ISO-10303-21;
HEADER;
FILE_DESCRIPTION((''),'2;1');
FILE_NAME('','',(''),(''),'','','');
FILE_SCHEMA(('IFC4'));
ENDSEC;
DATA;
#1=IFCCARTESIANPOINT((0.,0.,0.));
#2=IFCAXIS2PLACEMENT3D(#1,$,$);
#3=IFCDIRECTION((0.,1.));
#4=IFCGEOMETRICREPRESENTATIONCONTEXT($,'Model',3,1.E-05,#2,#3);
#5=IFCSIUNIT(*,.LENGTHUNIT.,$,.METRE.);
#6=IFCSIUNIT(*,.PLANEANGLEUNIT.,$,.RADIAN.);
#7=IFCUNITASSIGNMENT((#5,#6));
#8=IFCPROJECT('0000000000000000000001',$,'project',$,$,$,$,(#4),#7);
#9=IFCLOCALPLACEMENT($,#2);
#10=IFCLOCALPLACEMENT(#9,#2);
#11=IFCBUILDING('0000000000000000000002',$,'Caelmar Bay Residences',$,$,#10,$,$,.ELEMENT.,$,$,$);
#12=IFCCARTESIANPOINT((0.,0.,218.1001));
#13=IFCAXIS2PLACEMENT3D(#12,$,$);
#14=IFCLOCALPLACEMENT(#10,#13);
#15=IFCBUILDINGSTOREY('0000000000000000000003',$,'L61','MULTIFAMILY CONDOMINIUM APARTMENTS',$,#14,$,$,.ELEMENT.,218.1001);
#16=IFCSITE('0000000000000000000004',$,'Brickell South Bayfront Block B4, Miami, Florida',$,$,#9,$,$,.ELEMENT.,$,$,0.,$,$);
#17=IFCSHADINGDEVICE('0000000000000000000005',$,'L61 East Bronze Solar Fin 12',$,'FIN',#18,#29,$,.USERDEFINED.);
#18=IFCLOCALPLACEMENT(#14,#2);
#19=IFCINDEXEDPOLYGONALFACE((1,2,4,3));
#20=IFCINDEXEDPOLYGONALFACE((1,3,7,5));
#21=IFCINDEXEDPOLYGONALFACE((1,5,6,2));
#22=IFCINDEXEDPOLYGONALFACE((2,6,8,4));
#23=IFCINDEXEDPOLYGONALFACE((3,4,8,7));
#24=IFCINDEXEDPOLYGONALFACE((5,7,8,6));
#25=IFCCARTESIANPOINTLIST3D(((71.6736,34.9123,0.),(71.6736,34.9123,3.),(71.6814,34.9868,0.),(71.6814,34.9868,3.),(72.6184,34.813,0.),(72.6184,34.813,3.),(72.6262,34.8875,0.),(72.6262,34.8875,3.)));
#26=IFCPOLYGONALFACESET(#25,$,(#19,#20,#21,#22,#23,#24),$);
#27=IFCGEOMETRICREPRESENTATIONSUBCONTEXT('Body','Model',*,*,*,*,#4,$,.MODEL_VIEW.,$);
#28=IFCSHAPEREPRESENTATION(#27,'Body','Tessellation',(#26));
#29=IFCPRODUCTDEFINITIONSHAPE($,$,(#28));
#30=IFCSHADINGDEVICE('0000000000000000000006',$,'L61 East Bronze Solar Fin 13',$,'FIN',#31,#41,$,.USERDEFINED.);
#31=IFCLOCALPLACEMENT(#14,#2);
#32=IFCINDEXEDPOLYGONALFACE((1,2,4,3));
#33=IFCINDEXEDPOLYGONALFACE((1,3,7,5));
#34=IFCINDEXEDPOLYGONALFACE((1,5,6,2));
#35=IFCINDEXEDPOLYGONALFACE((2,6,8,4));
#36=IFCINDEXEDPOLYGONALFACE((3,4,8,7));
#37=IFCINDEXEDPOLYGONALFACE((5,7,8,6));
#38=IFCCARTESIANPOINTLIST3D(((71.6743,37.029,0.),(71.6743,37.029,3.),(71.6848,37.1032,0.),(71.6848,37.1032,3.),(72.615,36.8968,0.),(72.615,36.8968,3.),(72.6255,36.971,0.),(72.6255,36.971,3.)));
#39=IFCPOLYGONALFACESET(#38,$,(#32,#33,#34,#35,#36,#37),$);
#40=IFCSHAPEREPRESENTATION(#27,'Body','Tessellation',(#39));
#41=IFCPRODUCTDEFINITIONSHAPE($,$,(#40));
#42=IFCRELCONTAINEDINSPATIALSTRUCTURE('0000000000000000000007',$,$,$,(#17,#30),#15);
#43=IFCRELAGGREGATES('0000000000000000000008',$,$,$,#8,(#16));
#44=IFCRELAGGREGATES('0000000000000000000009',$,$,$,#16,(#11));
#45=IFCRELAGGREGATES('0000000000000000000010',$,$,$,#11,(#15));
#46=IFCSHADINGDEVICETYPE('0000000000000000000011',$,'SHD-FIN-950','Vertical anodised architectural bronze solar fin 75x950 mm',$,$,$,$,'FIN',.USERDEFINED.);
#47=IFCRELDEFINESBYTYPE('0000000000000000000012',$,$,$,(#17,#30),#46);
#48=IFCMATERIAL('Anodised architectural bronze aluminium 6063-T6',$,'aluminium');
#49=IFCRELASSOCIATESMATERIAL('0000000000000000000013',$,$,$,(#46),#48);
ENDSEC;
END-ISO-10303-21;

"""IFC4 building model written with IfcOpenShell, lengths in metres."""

from ifc_helpers import new_model, si_unit, direction, frame, origin, origin_2d, place, context, subcontext, project, spatial, rectangle, extrude, material, material_profile, profile_set, type_object, element, save


model = new_model("IFC4")

# Units and contexts
model_context = context("Model", 3, precision=1e-05, world=origin(), true_north=direction((0.0, 1.0)))
body_context = subcontext(model_context, "Body", "Model", "MODEL_VIEW")
ifc_project = project(units=[si_unit("LENGTHUNIT", "METRE"), si_unit("PLANEANGLEUNIT", "RADIAN")], contexts=[model_context])

# Site, building, storey
site_placement = place(None, origin())
site = spatial("IfcSite", under=ifc_project, at=site_placement, Name="Brickell South Bayfront Block B4, Miami, Florida", CompositionType="ELEMENT", RefElevation=0.0)
building_placement = place(site_placement, origin())
building = spatial("IfcBuilding", under=site, at=building_placement, Name="Caelmar Bay Residences", CompositionType="ELEMENT")
storey_placement = place(building_placement, frame((0.0, 0.0, 218.1001)))
storey = spatial("IfcBuildingStorey", under=building, at=storey_placement, Name="L61", Description="MULTIFAMILY CONDOMINIUM APARTMENTS", CompositionType="ELEMENT", Elevation=218.1001)

# Shading devices
ifc_material_1 = material(Name="Anodised architectural bronze aluminium 6063-T6", Category="aluminium")
ifc_material_profile_1 = material_profile(ifc_material_1, rectangle(XDim=0.075, YDim=0.95, at=origin_2d()), Name="BRONZE-FIN-75X950")
ifc_profile_set_1 = profile_set([ifc_material_profile_1], Name="Anodised architectural bronze aluminium 6063-T6")
shading_device_type = type_object("IfcShadingDeviceType", Name="SHD-FIN-950", Description="Vertical anodised architectural bronze solar fin 75x950 mm", ElementType="FIN", PredefinedType="USERDEFINED", material=ifc_profile_set_1)
for number, where, z_axis, x_axis, name in (
    (1, (72.1499, 34.8999, 0.0), (0.0, 0.0, 1.0), (0.104528, 0.994522, 0.0), "L61 East Bronze Solar Fin 12"),
    (2, (72.1499, 37.0, 0.0), (0.0, 0.0, 1.0), (0.139173, 0.990268, 0.0), "L61 East Bronze Solar Fin 13"),
):
    element("IfcShadingDevice", number, at=place(storey_placement, frame(where, z_axis=z_axis, x_axis=x_axis)), inside=storey, type_object=shading_device_type, Name=name, ObjectType="FIN", PredefinedType="USERDEFINED", context=body_context, shape_type="SweptSolid", body=[
        extrude(rectangle(XDim=0.075, YDim=0.95, at=origin_2d()), origin(), (0.0, 0.0, 1.0), 3.0),
    ])

save(model, "model.ifc")
